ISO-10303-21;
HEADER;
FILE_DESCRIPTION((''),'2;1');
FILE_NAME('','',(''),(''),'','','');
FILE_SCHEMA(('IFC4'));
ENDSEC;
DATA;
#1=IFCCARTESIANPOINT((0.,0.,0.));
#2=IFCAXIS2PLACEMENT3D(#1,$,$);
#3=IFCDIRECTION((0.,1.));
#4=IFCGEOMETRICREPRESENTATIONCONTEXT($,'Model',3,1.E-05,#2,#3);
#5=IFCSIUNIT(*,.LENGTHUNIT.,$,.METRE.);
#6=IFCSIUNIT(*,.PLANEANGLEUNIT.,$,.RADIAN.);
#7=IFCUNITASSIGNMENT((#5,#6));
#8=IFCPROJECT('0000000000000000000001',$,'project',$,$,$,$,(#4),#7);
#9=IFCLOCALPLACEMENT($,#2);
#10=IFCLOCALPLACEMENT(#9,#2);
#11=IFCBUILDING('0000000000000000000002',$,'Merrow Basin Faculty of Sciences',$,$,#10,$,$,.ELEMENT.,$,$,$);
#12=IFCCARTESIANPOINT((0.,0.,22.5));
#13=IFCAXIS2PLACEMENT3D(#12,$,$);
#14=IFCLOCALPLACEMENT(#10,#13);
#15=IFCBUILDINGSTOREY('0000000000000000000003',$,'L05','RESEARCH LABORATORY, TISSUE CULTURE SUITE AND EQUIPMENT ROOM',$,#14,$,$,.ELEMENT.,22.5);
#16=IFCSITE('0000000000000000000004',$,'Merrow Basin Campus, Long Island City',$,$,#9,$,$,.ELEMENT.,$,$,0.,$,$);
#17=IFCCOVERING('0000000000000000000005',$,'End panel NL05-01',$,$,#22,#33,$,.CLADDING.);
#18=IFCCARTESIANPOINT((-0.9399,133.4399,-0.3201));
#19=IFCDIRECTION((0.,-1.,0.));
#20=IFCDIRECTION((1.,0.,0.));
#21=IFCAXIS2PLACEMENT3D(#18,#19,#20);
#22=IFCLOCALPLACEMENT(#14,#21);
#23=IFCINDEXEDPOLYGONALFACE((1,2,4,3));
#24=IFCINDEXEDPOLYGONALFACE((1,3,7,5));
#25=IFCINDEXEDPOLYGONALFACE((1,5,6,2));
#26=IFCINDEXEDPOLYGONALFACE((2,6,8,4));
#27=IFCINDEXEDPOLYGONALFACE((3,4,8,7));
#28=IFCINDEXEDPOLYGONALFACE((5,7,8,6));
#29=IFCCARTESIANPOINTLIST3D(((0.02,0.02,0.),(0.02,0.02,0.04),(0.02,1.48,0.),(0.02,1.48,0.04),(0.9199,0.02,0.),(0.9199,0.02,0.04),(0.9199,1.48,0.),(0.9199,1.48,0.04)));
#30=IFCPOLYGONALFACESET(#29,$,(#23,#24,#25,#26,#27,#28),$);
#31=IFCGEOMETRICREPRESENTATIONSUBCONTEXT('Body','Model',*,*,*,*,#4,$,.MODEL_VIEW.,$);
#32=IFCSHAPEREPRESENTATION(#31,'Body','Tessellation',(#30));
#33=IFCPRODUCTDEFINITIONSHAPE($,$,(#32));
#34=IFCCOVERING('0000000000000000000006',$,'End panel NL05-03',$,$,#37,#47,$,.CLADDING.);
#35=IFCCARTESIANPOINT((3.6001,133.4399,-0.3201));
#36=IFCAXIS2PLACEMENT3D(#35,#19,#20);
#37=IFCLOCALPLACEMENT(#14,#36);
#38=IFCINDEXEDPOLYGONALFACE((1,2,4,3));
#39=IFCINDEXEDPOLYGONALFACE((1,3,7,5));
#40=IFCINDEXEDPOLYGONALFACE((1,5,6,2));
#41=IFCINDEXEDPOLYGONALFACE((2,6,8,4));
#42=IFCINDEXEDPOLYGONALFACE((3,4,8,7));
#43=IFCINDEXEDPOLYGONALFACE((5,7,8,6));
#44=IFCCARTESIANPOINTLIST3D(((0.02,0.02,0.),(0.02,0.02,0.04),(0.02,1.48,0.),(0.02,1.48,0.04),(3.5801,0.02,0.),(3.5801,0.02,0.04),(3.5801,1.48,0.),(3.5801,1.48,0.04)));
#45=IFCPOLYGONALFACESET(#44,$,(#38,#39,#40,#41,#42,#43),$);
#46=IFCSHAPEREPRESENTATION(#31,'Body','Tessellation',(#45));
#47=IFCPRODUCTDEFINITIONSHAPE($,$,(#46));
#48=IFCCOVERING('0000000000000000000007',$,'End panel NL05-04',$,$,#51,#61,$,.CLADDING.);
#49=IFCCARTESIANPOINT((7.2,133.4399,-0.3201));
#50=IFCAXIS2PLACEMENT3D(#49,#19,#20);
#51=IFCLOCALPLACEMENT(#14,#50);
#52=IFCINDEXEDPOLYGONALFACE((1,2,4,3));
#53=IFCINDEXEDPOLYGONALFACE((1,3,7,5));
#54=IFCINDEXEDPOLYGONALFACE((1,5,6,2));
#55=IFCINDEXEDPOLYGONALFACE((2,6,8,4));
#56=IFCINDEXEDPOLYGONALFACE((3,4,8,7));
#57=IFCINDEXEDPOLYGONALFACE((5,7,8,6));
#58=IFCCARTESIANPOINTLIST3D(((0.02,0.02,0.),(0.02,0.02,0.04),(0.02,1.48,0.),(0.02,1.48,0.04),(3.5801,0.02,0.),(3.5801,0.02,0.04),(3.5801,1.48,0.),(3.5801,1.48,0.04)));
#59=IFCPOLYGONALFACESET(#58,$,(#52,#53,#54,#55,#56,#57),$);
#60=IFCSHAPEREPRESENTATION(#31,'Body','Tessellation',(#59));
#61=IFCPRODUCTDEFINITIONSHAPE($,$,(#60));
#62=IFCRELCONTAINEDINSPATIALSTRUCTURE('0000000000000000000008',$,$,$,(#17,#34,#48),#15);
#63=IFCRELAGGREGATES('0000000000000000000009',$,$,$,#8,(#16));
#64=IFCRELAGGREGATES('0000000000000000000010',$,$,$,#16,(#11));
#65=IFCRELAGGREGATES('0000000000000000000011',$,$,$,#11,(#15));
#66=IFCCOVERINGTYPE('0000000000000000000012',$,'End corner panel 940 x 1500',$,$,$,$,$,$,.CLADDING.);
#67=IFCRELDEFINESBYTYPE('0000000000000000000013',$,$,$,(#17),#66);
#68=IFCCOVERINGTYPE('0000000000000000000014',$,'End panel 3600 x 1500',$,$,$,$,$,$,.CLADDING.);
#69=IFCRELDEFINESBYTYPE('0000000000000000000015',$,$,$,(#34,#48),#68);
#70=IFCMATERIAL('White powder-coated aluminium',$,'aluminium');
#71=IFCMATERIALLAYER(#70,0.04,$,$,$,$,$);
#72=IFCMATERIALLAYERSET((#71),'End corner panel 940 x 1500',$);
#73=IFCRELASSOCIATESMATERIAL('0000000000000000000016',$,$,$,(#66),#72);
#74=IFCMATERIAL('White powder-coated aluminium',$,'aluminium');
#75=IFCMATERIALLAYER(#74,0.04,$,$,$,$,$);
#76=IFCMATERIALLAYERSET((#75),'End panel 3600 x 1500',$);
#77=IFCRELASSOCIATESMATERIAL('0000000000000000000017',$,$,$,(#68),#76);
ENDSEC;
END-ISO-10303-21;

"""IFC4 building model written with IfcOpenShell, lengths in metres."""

from ifc_helpers import new_model, si_unit, direction, frame, origin, place, context, subcontext, project, spatial, polyline, outline, extrude, source, transform, mapped, material, layer, layer_set, type_object, element, save


model = new_model("IFC4")

# Units and contexts
model_context = context("Model", 3, precision=1e-05, world=origin(), true_north=direction((0.0, 1.0)))
body_context = subcontext(model_context, "Body", "Model", "MODEL_VIEW")
ifc_project = project(units=[si_unit("LENGTHUNIT", "METRE"), si_unit("PLANEANGLEUNIT", "RADIAN")], contexts=[model_context])

# Site, building, storey
site_placement = place(None, origin())
site = spatial("IfcSite", under=ifc_project, at=site_placement, Name="Merrow Basin Campus, Long Island City", CompositionType="ELEMENT", RefElevation=0.0)
building_placement = place(site_placement, origin())
building = spatial("IfcBuilding", under=site, at=building_placement, Name="Merrow Basin Faculty of Sciences", CompositionType="ELEMENT")
storey_placement = place(building_placement, frame((0.0, 0.0, 22.5)))
storey = spatial("IfcBuildingStorey", under=building, at=storey_placement, Name="L05", Description="RESEARCH LABORATORY, TISSUE CULTURE SUITE AND EQUIPMENT ROOM", CompositionType="ELEMENT", Elevation=22.5)

# Coverings
ifc_material_1 = material(Name="White powder-coated aluminium", Category="aluminium")
ifc_layer_1 = layer(ifc_material_1, 0.04)
ifc_layer_set_1 = layer_set([ifc_layer_1], Name="End corner panel 940 x 1500")
covering_type_1 = type_object("IfcCoveringType", Name="End corner panel 940 x 1500", PredefinedType="CLADDING", material=ifc_layer_set_1)
shared_shape_1 = source(origin(), body_context, "Body", "SweptSolid", [
    extrude(outline(polyline([(0.02, 0.02), (0.9199, 0.02), (0.9199, 1.48), (0.02, 1.48), (0.02, 0.02)])), origin(), (0.0, 0.0, 1.0), 0.04),
])
covering_1_placement = place(storey_placement, frame((-0.9399, 133.4399, -0.3201), z_axis=(0.0, -1.0, 0.0), x_axis=(1.0, 0.0, 0.0)))
element("IfcCovering", 1, at=covering_1_placement, inside=storey, type_object=covering_type_1, Name="End panel NL05-01", PredefinedType="CLADDING", context=body_context, shape_type="MappedRepresentation", body=[
    mapped(shared_shape_1, transform((0.0, 0.0, 0.0), scale=1.0)),
])
ifc_material_2 = material(Name="White powder-coated aluminium", Category="aluminium")
ifc_layer_2 = layer(ifc_material_2, 0.04)
ifc_layer_set_2 = layer_set([ifc_layer_2], Name="End panel 3600 x 1500")
covering_type_2 = type_object("IfcCoveringType", Name="End panel 3600 x 1500", PredefinedType="CLADDING", material=ifc_layer_set_2)
shared_shape_2 = source(origin(), body_context, "Body", "SweptSolid", [
    extrude(outline(polyline([(0.02, 0.02), (3.5801, 0.02), (3.5801, 1.48), (0.02, 1.48), (0.02, 0.02)])), origin(), (0.0, 0.0, 1.0), 0.04),
])
covering_2_placement = place(storey_placement, frame((3.6001, 133.4399, -0.3201), z_axis=(0.0, -1.0, 0.0), x_axis=(1.0, 0.0, 0.0)))
element("IfcCovering", 2, at=covering_2_placement, inside=storey, type_object=covering_type_2, Name="End panel NL05-03", PredefinedType="CLADDING", context=body_context, shape_type="MappedRepresentation", body=[
    mapped(shared_shape_2, transform((0.0, 0.0, 0.0), scale=1.0)),
])
shared_shape_3 = source(origin(), body_context, "Body", "SweptSolid", [
    extrude(outline(polyline([(0.02, 0.02), (3.5801, 0.02), (3.5801, 1.48), (0.02, 1.48), (0.02, 0.02)])), origin(), (0.0, 0.0, 1.0), 0.04),
])
covering_3_placement = place(storey_placement, frame((7.2, 133.4399, -0.3201), z_axis=(0.0, -1.0, 0.0), x_axis=(1.0, 0.0, 0.0)))
element("IfcCovering", 3, at=covering_3_placement, inside=storey, type_object=covering_type_2, Name="End panel NL05-04", PredefinedType="CLADDING", context=body_context, shape_type="MappedRepresentation", body=[
    mapped(shared_shape_3, transform((0.0, 0.0, 0.0), scale=1.0)),
])

save(model, "model.ifc")
